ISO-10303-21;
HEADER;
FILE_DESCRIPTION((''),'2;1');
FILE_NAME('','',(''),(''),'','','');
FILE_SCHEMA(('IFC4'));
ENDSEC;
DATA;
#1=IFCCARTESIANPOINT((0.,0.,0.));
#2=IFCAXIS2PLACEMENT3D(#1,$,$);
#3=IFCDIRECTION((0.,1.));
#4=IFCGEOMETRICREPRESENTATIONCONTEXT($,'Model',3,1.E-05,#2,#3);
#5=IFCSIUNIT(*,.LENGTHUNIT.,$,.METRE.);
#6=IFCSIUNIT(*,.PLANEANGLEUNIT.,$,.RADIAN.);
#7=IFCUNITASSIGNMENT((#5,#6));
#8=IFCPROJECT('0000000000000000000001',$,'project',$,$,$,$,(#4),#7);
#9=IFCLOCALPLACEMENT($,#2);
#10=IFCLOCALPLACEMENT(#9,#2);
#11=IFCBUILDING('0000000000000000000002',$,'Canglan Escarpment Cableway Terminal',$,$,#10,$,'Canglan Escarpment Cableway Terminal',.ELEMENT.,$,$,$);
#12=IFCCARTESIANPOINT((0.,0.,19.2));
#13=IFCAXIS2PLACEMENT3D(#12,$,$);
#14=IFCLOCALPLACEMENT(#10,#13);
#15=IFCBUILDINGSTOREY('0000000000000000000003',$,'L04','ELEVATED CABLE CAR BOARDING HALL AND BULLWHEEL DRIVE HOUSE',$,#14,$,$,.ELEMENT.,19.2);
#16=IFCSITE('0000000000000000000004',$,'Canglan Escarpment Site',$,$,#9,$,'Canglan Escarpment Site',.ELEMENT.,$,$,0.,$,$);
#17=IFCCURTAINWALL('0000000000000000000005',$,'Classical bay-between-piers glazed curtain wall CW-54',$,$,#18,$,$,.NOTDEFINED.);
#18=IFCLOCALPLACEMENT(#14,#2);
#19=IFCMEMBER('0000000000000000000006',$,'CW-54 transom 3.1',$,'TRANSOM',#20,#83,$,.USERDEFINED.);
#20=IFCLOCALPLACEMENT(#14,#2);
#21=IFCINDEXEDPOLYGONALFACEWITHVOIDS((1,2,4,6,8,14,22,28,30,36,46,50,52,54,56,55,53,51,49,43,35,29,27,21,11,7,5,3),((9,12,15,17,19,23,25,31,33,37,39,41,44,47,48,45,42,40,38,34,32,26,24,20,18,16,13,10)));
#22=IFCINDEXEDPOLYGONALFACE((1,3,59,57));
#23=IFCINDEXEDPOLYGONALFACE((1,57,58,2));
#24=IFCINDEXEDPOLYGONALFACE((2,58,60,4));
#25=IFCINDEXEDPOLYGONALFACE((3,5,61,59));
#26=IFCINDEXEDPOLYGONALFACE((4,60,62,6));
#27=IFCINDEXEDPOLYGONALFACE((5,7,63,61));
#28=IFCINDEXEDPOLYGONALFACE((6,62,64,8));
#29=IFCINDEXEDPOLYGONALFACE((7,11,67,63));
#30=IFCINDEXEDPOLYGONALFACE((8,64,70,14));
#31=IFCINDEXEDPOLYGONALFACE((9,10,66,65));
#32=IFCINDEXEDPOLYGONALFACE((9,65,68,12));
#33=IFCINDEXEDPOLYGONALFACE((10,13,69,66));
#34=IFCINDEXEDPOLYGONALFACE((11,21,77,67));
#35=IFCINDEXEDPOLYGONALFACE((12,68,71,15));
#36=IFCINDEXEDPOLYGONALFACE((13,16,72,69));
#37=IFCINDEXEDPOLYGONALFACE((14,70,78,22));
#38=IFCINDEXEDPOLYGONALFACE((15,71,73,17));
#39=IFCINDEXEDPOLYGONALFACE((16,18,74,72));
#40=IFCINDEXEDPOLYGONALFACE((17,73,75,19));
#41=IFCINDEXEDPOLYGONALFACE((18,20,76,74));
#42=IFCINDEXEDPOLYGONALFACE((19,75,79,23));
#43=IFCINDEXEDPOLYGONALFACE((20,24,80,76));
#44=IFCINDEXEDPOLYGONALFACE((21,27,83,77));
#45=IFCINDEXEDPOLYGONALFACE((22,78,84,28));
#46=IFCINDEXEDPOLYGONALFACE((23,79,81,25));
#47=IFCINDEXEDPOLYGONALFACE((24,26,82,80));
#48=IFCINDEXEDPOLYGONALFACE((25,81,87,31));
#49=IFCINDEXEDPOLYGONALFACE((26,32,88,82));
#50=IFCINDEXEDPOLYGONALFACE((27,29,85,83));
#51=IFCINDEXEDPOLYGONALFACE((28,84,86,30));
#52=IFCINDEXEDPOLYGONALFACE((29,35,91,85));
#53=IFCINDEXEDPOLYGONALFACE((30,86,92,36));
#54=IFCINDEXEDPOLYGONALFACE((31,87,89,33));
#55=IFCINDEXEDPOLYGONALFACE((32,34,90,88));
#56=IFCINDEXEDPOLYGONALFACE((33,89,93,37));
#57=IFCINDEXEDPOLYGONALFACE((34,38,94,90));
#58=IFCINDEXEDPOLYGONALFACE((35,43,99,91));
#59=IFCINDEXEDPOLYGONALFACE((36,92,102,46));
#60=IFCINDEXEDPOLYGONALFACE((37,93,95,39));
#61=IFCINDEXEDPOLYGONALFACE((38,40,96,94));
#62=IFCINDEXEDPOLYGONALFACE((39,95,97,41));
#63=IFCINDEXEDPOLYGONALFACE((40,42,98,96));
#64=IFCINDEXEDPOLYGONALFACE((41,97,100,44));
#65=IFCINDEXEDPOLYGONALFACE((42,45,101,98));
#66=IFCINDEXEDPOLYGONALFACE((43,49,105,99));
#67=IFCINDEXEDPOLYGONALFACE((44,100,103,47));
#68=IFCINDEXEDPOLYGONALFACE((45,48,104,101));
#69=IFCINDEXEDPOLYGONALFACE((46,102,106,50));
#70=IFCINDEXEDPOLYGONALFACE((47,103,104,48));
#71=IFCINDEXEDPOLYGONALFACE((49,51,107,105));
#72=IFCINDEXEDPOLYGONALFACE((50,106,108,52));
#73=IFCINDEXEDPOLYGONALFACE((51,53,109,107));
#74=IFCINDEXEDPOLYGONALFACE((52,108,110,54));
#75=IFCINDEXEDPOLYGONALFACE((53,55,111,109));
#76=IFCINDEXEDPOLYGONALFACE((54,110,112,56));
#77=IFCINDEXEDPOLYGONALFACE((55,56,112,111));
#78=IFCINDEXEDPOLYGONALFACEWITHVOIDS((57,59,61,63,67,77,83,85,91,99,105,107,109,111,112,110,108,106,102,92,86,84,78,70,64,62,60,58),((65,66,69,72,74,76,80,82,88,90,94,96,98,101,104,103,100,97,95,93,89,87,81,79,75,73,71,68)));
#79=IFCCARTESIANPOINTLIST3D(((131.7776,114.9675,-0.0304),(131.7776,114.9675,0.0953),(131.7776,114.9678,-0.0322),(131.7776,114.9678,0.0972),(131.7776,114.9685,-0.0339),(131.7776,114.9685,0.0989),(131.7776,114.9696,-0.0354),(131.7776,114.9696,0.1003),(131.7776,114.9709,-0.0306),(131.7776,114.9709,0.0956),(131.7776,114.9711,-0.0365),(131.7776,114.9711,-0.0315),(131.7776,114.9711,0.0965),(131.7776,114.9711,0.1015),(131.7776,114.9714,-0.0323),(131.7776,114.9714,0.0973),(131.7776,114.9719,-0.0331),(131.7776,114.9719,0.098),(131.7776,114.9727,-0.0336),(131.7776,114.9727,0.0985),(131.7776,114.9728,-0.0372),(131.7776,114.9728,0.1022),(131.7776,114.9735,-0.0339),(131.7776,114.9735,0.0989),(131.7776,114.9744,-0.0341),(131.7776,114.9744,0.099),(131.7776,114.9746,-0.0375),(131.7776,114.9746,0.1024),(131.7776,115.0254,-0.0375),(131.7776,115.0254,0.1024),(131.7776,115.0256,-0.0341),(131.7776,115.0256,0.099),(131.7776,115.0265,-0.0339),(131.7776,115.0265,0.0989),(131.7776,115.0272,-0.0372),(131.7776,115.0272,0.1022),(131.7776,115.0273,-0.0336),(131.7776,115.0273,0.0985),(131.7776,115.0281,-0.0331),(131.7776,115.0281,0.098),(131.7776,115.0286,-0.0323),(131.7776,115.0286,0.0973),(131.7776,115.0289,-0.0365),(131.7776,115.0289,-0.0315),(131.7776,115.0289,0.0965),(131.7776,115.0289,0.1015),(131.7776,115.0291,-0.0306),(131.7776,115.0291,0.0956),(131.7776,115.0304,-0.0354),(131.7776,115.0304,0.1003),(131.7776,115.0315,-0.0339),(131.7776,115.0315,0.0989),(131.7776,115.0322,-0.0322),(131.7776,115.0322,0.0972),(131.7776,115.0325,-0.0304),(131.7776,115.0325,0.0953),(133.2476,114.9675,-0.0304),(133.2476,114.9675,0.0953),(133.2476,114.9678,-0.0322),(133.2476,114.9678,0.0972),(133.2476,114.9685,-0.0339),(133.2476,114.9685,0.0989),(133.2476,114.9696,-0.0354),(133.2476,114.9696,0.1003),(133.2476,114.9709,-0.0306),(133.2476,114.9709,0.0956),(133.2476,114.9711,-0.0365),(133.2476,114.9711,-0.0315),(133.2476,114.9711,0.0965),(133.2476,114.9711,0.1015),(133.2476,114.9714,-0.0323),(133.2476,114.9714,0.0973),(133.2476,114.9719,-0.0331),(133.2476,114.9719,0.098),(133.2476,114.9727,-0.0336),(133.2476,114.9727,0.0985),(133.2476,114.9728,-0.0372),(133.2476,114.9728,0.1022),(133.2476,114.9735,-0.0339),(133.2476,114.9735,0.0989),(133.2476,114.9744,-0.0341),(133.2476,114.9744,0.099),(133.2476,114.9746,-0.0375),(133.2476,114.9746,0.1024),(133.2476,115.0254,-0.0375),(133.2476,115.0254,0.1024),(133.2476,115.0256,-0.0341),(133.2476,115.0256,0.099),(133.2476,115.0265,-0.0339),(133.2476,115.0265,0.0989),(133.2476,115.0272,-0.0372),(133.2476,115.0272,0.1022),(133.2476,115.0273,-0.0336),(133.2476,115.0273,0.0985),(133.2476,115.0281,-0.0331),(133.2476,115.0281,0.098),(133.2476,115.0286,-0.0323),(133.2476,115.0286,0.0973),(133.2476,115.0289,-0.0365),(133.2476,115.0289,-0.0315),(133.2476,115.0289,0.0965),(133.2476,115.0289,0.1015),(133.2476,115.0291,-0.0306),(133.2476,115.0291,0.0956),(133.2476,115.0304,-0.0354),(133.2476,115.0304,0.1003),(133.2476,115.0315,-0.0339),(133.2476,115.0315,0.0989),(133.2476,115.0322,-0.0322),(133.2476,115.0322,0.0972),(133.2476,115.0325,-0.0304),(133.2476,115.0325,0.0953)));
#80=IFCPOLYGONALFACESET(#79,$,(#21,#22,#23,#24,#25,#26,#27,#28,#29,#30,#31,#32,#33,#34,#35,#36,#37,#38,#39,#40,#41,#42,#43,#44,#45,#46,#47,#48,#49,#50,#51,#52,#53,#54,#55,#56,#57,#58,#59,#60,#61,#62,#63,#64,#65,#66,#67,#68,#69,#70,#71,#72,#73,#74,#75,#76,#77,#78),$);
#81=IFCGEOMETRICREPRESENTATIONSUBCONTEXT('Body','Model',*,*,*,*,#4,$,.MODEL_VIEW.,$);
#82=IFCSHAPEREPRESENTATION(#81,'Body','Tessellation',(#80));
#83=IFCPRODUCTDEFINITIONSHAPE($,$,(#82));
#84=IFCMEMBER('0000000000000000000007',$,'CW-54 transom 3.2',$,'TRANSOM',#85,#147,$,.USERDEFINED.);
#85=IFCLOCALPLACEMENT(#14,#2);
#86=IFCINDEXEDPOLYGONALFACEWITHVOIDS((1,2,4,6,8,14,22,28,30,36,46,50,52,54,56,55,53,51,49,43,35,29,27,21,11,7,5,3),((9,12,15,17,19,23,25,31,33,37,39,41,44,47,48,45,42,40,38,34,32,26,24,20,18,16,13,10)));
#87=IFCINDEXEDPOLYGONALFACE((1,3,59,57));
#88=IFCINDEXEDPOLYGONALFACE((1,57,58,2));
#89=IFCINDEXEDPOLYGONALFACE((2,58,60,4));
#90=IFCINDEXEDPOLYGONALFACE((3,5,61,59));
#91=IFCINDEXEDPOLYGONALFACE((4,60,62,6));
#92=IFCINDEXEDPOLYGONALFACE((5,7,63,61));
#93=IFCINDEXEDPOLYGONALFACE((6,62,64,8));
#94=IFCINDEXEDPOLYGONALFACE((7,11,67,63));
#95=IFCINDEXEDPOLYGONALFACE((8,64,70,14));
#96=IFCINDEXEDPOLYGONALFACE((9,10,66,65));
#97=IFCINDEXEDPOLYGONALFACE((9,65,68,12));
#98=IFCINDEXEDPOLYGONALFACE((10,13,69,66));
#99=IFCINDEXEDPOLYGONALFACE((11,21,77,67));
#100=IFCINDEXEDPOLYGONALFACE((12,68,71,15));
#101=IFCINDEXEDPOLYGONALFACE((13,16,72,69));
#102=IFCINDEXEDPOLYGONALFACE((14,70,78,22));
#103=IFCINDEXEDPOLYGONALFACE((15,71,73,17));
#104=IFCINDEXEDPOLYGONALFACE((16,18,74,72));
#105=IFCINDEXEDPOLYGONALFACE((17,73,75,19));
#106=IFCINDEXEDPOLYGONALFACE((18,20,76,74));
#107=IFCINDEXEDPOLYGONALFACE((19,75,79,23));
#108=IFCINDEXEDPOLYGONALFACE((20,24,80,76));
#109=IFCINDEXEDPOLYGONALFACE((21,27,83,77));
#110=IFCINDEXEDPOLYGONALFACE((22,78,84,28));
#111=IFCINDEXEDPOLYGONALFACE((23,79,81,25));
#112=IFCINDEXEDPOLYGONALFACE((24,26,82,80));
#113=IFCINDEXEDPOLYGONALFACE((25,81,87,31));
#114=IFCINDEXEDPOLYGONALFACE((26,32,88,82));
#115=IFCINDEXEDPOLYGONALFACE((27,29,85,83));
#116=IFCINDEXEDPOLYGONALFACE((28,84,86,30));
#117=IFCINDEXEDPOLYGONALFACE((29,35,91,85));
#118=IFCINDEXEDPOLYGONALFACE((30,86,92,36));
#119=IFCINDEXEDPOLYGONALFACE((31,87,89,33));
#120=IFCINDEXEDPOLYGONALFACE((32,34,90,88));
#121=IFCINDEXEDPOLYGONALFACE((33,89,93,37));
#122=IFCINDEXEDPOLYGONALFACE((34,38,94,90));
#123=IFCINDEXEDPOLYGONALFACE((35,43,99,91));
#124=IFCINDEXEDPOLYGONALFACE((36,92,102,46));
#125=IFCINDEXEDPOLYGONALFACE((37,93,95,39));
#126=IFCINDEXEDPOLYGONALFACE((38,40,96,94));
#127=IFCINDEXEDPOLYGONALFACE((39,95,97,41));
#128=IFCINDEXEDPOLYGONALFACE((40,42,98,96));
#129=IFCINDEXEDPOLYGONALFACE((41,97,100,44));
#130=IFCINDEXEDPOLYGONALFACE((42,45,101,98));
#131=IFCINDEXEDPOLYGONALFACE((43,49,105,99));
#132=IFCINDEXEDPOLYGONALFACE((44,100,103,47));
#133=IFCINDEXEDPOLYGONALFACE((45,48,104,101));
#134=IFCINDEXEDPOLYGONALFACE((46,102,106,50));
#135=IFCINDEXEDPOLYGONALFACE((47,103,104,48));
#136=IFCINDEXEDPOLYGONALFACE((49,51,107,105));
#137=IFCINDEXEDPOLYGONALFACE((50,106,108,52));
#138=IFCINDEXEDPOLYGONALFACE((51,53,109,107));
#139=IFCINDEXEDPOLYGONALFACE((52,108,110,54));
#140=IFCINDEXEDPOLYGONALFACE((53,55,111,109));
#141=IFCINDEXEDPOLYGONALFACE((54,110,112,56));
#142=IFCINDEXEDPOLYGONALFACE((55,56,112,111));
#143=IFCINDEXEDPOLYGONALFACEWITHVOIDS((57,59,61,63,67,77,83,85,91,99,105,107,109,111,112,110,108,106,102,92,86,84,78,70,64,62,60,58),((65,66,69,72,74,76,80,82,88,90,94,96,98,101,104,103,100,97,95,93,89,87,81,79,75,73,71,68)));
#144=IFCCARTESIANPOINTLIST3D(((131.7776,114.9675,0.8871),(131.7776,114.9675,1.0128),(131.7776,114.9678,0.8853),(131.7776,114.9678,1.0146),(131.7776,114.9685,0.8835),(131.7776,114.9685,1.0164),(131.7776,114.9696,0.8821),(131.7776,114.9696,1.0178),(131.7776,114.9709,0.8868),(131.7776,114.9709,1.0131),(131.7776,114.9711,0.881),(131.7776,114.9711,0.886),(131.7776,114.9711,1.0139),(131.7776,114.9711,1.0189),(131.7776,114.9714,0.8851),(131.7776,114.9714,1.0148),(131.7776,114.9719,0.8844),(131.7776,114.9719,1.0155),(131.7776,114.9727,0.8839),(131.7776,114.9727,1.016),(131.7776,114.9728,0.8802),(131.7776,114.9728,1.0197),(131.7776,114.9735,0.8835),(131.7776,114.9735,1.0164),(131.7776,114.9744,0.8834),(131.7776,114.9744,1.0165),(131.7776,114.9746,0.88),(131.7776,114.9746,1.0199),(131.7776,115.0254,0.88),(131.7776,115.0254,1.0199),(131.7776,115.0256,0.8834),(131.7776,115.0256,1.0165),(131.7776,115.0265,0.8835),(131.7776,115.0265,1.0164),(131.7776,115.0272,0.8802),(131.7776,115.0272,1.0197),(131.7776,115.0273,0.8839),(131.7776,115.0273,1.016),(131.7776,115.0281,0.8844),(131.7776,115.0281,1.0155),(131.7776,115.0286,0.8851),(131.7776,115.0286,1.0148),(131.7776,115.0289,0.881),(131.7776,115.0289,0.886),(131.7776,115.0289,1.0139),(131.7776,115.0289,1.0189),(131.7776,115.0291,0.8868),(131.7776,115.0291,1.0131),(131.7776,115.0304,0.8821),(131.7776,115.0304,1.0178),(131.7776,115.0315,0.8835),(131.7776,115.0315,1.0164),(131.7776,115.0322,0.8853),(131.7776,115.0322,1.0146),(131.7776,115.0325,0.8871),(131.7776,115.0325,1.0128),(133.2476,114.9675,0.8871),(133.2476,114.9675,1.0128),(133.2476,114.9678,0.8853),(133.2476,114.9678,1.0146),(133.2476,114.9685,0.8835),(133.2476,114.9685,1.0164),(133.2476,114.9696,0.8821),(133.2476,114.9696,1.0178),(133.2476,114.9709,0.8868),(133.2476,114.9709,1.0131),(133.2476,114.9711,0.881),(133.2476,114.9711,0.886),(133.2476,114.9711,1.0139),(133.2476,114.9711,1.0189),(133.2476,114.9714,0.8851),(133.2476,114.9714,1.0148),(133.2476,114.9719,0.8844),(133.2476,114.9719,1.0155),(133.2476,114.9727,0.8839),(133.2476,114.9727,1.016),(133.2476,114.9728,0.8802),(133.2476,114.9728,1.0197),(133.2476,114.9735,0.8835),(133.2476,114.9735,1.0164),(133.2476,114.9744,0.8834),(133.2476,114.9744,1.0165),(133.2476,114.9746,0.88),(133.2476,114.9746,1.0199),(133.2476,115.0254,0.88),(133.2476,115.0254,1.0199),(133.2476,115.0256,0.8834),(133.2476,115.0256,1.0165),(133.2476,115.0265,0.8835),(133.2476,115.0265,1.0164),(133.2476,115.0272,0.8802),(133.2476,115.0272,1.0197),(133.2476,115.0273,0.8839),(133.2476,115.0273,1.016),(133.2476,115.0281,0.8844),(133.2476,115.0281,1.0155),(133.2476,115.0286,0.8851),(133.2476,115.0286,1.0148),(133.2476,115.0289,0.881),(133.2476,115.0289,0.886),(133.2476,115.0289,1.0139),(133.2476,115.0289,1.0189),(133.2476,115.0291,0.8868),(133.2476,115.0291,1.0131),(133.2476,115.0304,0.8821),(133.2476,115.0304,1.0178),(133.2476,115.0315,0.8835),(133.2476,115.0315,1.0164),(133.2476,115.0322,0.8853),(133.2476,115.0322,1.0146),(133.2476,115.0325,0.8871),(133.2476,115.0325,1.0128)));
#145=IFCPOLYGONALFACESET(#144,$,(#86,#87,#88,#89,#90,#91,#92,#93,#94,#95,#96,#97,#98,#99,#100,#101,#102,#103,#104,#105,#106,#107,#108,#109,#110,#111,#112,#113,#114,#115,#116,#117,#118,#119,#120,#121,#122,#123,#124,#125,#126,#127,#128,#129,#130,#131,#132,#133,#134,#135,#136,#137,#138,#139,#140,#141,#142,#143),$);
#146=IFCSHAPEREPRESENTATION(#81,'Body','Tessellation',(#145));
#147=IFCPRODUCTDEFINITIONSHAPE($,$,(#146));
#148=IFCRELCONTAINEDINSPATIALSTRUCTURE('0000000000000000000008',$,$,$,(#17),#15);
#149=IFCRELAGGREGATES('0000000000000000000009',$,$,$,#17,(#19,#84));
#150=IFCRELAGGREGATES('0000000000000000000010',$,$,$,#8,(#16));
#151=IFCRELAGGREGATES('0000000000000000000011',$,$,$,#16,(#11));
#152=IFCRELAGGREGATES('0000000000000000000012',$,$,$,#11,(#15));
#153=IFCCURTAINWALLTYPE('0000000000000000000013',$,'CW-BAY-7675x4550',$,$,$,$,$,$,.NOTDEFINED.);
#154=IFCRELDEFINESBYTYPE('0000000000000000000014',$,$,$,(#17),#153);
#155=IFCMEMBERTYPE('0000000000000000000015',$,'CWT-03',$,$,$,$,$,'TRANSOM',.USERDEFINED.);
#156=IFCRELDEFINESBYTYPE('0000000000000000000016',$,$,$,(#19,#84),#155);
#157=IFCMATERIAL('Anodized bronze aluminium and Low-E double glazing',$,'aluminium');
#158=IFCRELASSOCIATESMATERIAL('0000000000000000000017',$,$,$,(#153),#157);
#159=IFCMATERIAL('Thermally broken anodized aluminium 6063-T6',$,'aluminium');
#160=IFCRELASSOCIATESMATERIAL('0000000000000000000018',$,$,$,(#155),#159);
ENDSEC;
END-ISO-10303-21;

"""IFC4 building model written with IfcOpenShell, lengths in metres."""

from ifc_helpers import new_model, si_unit, direction, frame, origin, origin_2d, place, context, subcontext, project, spatial, hollow_rectangle, extrude, material, material_profile, profile_set, type_object, element, aggregate, save


model = new_model("IFC4")

# Units and contexts
model_context = context("Model", 3, precision=1e-05, world=origin(), true_north=direction((0.0, 1.0)))
body_context = subcontext(model_context, "Body", "Model", "MODEL_VIEW")
ifc_project = project(units=[si_unit("LENGTHUNIT", "METRE"), si_unit("PLANEANGLEUNIT", "RADIAN")], contexts=[model_context])

# Site, building, storey
site_placement = place(None, origin())
site = spatial("IfcSite", under=ifc_project, at=site_placement, Name="Canglan Escarpment Site", LongName="Canglan Escarpment Site", CompositionType="ELEMENT", RefElevation=0.0)
building_placement = place(site_placement, origin())
building = spatial("IfcBuilding", under=site, at=building_placement, Name="Canglan Escarpment Cableway Terminal", LongName="Canglan Escarpment Cableway Terminal", CompositionType="ELEMENT")
storey_placement = place(building_placement, frame((0.0, 0.0, 19.2)))
storey = spatial("IfcBuildingStorey", under=building, at=storey_placement, Name="L04", Description="ELEVATED CABLE CAR BOARDING HALL AND BULLWHEEL DRIVE HOUSE", CompositionType="ELEMENT", Elevation=19.2)

# Curtain wall, members
ifc_material_1 = material(Name="Anodized bronze aluminium and Low-E double glazing", Category="aluminium")
curtain_wall_type = type_object("IfcCurtainWallType", Name="CW-BAY-7675x4550", PredefinedType="NOTDEFINED", material=ifc_material_1)
curtain_wall_placement = place(storey_placement, origin())
curtain_wall = element("IfcCurtainWall", 1, at=curtain_wall_placement, inside=storey, type_object=curtain_wall_type, Name="Classical bay-between-piers glazed curtain wall CW-54", PredefinedType="NOTDEFINED")
ifc_material_2 = material(Name="Thermally broken anodized aluminium 6063-T6", Category="aluminium")
ifc_material_profile_1 = material_profile(ifc_material_2, hollow_rectangle(XDim=0.0649, YDim=0.1399, WallThickness=0.0034, InnerFilletRadius=0.0034, OuterFilletRadius=0.0071, at=origin_2d()), Name="ALU-TRAN 65x140x3.5")
ifc_profile_set_1 = profile_set([ifc_material_profile_1], Name="Thermally broken anodized aluminium 6063-T6")
member_type_1 = type_object("IfcMemberType", Name="CWT-03", ElementType="TRANSOM", PredefinedType="USERDEFINED", material=ifc_profile_set_1)
member_1_placement = place(storey_placement, frame((133.2476, 115.0, 0.0325), z_axis=(-1.0, 0.0, 0.0), x_axis=(0.0, -1.0, 0.0)))
member_1 = element("IfcMember", 2, at=member_1_placement, type_object=member_type_1, Name="CW-54 transom 3.1", ObjectType="TRANSOM", PredefinedType="USERDEFINED", context=body_context, shape_type="SweptSolid", body=[
    extrude(hollow_rectangle(XDim=0.0649, YDim=0.1399, WallThickness=0.0034, InnerFilletRadius=0.0034, OuterFilletRadius=0.0071, at=origin_2d()), origin(), (0.0, 0.0, 1.0), 1.47),
])
member_2_placement = place(storey_placement, frame((133.2476, 115.0, 0.95), z_axis=(-1.0, 0.0, 0.0), x_axis=(0.0, -1.0, 0.0)))
member_2 = element("IfcMember", 3, at=member_2_placement, type_object=member_type_1, Name="CW-54 transom 3.2", ObjectType="TRANSOM", PredefinedType="USERDEFINED", context=body_context, shape_type="SweptSolid", body=[
    extrude(hollow_rectangle(XDim=0.0649, YDim=0.1399, WallThickness=0.0034, InnerFilletRadius=0.0034, OuterFilletRadius=0.0071, at=origin_2d()), origin(), (0.0, 0.0, 1.0), 1.47),
])
aggregate(curtain_wall, [member_1, member_2])

save(model, "model.ifc")
